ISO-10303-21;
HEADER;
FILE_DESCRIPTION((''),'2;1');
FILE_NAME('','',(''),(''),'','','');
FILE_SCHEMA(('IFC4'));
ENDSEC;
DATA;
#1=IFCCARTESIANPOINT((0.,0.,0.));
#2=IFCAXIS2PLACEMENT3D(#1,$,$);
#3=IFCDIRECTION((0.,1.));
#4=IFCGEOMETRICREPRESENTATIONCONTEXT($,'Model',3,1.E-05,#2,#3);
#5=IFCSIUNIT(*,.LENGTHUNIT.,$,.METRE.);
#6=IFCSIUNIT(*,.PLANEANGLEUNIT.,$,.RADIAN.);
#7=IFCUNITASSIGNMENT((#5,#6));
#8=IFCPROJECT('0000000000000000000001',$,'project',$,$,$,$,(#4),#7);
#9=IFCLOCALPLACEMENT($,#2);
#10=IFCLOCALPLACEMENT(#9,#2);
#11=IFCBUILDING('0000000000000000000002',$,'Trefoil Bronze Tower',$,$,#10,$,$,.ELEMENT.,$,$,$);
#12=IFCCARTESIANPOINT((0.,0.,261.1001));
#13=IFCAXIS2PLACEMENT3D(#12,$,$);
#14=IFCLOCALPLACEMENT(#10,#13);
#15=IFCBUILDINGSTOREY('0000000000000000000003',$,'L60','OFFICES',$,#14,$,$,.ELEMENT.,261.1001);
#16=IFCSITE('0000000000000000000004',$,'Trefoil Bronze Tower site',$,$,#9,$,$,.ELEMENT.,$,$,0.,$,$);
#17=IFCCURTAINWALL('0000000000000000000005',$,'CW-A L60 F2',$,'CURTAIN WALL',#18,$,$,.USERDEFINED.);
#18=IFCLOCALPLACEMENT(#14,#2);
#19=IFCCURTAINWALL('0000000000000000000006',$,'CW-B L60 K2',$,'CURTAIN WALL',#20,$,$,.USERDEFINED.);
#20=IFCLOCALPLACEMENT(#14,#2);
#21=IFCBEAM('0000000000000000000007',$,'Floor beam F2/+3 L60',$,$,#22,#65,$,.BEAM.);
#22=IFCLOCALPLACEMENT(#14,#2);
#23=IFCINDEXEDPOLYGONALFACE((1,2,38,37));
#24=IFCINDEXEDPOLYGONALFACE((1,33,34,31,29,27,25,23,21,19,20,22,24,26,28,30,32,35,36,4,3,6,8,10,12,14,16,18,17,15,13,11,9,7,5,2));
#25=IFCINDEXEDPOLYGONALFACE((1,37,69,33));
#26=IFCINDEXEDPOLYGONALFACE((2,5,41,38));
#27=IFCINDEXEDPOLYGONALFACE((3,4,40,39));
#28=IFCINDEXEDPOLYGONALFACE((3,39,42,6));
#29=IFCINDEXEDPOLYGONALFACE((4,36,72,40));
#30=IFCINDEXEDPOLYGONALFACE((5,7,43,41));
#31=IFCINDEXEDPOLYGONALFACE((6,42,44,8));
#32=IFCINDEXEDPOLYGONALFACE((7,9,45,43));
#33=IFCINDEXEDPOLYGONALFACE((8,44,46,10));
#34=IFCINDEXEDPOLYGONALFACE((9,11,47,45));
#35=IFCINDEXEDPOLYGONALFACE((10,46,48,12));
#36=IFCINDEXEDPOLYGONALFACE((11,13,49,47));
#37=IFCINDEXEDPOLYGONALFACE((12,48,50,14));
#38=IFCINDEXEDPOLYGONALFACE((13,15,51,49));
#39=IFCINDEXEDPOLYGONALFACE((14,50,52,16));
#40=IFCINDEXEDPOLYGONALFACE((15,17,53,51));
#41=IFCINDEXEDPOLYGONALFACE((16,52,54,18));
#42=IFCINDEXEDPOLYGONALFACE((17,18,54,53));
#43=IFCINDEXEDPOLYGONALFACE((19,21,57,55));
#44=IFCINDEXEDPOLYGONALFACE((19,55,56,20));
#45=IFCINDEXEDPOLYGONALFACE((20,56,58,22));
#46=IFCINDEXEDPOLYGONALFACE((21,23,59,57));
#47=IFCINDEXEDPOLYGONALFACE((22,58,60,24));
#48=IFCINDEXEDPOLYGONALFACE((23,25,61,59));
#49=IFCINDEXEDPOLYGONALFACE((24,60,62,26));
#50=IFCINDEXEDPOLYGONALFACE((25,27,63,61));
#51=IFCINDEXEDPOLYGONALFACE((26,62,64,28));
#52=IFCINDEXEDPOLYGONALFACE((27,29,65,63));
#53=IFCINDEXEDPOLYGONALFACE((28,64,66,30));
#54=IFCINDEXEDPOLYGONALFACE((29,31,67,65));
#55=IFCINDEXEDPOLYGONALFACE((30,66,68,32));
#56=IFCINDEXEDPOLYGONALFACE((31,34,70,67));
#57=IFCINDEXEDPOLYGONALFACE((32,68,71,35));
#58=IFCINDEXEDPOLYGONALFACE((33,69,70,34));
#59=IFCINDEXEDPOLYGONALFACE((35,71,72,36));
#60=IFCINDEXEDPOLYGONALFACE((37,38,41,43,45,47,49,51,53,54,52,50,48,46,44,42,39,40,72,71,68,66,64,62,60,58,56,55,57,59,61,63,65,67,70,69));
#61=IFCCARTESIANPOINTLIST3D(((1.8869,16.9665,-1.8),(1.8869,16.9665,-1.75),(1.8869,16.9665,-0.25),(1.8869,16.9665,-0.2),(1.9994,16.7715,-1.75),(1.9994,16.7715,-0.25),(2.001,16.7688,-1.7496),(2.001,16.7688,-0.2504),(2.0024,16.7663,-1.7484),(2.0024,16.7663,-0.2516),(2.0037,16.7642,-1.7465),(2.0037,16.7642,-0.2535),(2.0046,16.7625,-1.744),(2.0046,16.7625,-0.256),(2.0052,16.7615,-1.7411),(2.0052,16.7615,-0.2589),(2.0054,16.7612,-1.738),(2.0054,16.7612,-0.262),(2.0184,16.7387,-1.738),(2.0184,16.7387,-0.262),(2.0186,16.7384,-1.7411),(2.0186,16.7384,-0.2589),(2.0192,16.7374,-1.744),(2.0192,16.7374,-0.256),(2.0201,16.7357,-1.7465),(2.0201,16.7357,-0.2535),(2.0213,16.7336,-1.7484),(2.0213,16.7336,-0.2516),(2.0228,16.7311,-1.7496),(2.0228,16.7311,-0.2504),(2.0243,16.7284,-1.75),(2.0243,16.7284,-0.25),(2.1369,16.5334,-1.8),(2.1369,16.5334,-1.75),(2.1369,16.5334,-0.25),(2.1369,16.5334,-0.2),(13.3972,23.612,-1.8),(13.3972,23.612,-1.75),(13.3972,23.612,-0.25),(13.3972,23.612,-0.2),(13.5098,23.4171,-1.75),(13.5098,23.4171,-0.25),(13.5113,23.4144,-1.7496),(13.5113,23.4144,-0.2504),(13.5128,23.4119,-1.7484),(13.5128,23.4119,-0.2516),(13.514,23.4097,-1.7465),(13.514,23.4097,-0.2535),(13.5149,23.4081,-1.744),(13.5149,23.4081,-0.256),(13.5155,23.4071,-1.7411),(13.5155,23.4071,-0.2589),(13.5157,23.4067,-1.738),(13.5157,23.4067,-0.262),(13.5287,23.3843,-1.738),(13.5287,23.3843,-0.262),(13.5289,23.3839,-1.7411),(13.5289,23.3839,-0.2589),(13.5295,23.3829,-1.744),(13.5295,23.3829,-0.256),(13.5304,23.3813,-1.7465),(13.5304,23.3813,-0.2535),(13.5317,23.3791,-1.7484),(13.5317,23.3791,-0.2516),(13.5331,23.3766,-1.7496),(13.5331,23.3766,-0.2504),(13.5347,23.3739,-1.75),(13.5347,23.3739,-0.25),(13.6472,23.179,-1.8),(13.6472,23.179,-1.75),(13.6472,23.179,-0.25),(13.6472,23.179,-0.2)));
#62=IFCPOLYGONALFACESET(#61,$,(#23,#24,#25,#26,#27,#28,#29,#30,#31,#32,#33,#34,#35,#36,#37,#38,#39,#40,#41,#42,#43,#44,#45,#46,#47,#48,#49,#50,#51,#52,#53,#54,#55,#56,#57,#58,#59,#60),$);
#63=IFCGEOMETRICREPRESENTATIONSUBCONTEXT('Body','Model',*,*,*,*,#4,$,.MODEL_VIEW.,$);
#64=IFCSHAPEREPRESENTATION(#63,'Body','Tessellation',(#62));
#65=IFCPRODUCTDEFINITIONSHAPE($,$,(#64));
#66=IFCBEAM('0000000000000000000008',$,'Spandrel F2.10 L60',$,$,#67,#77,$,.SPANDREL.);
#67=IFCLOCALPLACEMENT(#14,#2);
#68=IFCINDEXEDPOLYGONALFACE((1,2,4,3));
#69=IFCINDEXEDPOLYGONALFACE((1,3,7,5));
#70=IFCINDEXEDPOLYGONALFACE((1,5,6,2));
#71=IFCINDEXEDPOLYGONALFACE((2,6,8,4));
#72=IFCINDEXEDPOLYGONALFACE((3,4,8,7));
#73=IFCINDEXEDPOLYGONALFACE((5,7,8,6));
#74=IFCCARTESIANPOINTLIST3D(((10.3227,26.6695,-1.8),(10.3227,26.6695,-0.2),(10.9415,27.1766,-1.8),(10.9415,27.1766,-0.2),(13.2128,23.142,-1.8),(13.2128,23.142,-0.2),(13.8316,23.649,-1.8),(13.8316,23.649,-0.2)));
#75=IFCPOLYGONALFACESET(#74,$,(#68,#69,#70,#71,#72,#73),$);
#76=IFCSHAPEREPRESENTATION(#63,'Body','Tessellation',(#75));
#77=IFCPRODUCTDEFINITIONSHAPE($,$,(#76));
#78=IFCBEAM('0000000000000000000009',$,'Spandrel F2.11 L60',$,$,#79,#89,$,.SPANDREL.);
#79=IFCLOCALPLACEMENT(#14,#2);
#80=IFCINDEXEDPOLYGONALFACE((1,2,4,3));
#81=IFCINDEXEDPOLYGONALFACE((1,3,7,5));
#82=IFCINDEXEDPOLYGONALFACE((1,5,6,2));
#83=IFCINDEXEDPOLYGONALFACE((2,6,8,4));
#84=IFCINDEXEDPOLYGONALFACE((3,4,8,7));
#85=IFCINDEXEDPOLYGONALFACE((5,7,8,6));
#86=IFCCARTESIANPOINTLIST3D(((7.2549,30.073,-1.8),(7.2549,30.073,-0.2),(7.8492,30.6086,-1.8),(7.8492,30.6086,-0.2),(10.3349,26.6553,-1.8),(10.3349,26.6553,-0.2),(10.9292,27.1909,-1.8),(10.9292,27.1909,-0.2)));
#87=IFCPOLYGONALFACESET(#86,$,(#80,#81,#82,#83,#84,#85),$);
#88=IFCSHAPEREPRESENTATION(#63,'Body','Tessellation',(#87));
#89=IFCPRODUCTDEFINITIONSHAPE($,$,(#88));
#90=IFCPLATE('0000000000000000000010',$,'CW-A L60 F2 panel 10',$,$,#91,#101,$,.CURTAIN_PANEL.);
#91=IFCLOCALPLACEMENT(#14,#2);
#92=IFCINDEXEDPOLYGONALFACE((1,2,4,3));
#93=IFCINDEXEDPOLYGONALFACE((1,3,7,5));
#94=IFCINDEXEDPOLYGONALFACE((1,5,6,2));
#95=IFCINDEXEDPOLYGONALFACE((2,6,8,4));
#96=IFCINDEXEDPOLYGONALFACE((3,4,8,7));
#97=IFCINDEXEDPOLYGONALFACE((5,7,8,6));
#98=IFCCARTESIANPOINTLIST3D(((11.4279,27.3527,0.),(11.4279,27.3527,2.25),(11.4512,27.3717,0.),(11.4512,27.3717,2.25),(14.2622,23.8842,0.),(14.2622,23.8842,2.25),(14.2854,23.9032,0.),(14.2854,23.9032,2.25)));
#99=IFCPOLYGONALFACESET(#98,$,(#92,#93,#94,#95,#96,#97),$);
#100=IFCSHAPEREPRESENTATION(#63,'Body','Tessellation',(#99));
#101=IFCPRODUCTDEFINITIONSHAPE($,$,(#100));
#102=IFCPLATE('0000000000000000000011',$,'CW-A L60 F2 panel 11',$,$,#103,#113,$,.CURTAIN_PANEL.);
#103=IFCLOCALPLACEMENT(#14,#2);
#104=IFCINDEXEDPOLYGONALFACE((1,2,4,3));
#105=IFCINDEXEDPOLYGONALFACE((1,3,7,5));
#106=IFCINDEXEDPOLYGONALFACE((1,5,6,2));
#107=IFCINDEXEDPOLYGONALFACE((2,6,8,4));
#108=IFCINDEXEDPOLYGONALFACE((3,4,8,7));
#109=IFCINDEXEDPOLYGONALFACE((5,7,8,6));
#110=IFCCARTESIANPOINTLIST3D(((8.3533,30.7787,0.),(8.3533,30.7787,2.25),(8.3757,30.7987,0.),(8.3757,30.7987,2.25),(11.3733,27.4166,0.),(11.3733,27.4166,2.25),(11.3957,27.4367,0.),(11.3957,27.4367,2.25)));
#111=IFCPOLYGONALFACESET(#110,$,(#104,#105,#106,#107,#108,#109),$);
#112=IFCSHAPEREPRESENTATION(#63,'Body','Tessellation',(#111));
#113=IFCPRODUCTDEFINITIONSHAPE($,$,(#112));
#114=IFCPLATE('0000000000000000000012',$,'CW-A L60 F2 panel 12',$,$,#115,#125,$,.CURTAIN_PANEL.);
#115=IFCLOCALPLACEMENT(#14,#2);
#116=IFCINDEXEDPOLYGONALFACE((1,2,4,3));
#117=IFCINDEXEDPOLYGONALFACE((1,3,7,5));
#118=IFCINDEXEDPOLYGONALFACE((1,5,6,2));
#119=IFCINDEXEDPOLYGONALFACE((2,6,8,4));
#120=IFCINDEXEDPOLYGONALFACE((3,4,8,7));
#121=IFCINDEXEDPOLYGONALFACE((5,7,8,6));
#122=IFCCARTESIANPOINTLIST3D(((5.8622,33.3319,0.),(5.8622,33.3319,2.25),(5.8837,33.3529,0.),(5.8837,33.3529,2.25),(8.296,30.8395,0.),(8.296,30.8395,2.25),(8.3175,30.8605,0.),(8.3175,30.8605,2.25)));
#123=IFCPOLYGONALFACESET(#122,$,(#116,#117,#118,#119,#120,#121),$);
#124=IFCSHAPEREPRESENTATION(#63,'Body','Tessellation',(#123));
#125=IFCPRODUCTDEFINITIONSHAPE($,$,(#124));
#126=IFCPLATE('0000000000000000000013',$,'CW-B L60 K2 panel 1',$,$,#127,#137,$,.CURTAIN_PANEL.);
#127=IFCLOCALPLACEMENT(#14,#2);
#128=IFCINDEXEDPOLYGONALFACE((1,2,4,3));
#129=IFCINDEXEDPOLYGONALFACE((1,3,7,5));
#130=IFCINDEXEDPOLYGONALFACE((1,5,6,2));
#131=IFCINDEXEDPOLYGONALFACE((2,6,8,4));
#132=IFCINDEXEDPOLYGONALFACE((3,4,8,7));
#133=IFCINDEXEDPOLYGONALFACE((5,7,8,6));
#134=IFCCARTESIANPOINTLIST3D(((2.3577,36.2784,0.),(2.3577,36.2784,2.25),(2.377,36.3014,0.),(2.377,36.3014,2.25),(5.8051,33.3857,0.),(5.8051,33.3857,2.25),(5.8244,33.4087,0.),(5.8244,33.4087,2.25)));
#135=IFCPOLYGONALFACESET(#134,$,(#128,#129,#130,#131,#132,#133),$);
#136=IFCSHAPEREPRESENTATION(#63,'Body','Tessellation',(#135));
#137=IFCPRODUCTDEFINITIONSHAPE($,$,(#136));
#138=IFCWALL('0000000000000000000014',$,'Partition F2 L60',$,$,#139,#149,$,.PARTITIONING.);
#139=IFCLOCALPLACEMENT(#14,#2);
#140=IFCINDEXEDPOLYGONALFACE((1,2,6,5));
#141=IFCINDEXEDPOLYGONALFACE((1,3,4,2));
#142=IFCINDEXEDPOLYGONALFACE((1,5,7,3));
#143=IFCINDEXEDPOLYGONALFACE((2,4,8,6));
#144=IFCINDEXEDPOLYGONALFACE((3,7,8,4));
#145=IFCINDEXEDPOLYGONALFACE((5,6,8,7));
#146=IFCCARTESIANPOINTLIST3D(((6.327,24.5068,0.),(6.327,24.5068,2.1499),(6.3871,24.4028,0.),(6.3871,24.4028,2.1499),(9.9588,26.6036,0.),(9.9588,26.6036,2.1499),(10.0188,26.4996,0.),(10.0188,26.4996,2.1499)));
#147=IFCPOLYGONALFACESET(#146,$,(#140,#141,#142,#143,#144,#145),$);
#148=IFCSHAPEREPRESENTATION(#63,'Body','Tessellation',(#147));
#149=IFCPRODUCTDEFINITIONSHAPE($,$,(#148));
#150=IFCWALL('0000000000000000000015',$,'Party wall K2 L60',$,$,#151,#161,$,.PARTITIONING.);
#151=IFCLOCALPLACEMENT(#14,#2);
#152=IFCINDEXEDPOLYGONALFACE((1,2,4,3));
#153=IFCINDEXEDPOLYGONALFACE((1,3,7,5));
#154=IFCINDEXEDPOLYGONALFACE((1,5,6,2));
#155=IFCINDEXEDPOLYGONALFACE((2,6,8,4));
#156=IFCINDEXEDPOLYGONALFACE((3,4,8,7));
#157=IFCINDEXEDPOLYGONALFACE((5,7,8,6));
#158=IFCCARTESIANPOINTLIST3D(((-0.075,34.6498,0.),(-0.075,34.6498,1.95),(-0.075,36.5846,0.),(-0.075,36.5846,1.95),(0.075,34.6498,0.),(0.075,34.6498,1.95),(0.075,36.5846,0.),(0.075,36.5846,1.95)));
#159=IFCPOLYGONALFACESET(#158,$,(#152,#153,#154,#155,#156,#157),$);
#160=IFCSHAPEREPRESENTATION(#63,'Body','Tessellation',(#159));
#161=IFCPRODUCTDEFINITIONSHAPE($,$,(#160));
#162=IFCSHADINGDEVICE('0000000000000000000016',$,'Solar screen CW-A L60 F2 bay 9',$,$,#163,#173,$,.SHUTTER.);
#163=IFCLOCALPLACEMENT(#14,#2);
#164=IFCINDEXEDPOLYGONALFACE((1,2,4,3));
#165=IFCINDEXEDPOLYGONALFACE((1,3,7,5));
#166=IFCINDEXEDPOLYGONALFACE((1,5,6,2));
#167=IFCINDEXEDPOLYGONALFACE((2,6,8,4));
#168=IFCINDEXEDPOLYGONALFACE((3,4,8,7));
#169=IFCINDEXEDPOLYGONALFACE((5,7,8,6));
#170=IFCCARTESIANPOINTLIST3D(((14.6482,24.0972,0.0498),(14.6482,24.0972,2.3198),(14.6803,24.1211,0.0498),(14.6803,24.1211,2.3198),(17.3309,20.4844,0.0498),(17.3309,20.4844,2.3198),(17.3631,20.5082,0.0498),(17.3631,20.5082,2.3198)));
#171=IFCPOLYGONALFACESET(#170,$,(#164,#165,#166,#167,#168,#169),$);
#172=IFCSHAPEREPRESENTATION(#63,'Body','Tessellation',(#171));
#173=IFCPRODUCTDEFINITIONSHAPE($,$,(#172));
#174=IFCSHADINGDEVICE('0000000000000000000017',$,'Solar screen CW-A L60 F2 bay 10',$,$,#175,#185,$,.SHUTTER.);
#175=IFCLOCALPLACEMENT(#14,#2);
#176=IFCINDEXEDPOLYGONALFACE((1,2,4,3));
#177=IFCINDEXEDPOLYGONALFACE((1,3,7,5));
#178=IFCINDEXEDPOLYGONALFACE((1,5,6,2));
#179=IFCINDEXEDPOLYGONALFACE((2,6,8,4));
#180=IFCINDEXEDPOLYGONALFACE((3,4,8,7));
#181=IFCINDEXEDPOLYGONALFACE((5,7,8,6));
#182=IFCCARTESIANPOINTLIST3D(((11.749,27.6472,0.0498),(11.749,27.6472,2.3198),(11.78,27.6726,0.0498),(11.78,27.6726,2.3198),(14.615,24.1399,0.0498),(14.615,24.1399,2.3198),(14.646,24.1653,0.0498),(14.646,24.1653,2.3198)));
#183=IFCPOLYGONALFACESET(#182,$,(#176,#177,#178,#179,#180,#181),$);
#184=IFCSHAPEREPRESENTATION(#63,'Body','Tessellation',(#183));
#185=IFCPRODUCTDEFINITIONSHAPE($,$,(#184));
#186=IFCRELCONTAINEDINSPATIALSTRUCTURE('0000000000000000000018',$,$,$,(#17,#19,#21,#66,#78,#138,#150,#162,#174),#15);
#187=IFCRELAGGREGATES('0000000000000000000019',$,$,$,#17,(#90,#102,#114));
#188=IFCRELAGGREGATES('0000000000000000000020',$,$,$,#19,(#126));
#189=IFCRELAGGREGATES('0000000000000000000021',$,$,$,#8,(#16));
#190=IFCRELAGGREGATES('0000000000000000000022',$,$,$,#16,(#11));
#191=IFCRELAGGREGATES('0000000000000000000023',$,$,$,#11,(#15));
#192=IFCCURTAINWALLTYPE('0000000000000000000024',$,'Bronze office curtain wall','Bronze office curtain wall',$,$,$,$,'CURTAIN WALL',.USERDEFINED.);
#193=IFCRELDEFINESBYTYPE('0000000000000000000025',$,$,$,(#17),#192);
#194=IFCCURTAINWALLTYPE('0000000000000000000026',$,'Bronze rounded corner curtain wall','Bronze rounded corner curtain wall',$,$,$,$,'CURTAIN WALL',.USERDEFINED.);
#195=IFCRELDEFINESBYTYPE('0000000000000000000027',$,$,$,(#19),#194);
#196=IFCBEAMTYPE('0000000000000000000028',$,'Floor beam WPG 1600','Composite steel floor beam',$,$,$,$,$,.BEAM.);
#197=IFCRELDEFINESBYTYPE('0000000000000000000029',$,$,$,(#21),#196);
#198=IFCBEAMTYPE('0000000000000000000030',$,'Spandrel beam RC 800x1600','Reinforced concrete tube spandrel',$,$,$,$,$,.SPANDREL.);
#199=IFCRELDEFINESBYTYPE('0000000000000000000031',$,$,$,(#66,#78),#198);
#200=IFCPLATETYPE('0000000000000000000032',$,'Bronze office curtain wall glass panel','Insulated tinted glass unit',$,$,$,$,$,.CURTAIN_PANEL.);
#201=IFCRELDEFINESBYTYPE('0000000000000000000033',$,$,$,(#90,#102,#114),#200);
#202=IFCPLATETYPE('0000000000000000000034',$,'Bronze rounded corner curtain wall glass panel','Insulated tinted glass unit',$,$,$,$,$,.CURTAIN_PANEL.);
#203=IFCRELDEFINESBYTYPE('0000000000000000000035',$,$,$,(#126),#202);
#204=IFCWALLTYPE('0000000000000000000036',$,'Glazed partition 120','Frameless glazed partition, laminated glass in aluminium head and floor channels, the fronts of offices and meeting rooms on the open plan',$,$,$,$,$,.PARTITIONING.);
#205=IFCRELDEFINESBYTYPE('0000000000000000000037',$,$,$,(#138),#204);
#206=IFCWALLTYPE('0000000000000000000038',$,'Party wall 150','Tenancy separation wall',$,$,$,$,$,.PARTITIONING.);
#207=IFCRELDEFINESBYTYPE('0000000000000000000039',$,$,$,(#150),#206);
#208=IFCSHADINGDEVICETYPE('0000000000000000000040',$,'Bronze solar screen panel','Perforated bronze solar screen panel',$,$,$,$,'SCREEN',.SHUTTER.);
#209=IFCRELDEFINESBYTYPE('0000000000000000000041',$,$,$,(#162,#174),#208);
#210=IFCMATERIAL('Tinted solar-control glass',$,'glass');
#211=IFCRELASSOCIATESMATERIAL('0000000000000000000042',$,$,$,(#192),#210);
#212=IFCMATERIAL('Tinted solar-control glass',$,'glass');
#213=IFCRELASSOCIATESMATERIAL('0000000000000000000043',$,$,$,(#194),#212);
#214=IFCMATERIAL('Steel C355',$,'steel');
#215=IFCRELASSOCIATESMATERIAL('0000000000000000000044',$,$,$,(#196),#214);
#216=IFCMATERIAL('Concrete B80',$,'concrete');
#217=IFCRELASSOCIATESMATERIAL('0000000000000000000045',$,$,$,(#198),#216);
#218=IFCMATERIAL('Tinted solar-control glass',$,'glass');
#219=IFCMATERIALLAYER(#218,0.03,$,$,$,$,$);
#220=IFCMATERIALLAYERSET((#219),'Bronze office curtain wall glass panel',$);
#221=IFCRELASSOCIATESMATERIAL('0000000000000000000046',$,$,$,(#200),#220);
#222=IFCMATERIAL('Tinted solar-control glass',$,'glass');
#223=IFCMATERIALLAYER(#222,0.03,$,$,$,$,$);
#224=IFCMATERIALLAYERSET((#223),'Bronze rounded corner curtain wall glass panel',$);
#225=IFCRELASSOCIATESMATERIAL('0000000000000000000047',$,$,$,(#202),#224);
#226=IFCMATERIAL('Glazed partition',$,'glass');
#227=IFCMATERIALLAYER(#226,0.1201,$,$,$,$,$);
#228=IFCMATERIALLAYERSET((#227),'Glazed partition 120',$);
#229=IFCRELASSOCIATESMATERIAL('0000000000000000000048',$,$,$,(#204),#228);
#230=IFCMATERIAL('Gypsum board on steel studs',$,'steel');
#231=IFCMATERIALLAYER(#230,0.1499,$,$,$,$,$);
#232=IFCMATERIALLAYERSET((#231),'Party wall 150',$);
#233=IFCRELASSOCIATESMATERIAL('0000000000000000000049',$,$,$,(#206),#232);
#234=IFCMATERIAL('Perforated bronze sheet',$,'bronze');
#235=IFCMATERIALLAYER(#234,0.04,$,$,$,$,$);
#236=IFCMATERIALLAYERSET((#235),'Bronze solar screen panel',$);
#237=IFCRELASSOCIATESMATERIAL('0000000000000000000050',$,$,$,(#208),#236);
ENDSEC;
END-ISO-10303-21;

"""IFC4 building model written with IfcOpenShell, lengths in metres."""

from ifc_helpers import new_model, si_unit, direction, frame, frame_2d, origin, origin_2d, place, context, subcontext, project, spatial, rectangle, i_section, extrude, material, layer, layer_set, material_profile, profile_set, type_object, element, aggregate, save


model = new_model("IFC4")

# Units and contexts
model_context = context("Model", 3, precision=1e-05, world=origin(), true_north=direction((0.0, 1.0)))
body_context = subcontext(model_context, "Body", "Model", "MODEL_VIEW")
ifc_project = project(units=[si_unit("LENGTHUNIT", "METRE"), si_unit("PLANEANGLEUNIT", "RADIAN")], contexts=[model_context])

# Site, building, storey
site_placement = place(None, origin())
site = spatial("IfcSite", under=ifc_project, at=site_placement, Name="Trefoil Bronze Tower site", CompositionType="ELEMENT", RefElevation=0.0)
building_placement = place(site_placement, origin())
building = spatial("IfcBuilding", under=site, at=building_placement, Name="Trefoil Bronze Tower", CompositionType="ELEMENT")
storey_placement = place(building_placement, frame((0.0, 0.0, 261.1001)))
storey = spatial("IfcBuildingStorey", under=building, at=storey_placement, Name="L60", Description="OFFICES", CompositionType="ELEMENT", Elevation=261.1001)

# Curtain walls
ifc_material_1 = material(Name="Tinted solar-control glass", Category="glass")
curtain_wall_type_1 = type_object("IfcCurtainWallType", Name="Bronze office curtain wall", Description="Bronze office curtain wall", ElementType="CURTAIN WALL", PredefinedType="USERDEFINED", material=ifc_material_1)
curtain_wall_1_placement = place(storey_placement, origin())
curtain_wall_1 = element("IfcCurtainWall", 1, at=curtain_wall_1_placement, inside=storey, type_object=curtain_wall_type_1, Name="CW-A L60 F2", ObjectType="CURTAIN WALL", PredefinedType="USERDEFINED")
ifc_material_2 = material(Name="Tinted solar-control glass", Category="glass")
curtain_wall_type_2 = type_object("IfcCurtainWallType", Name="Bronze rounded corner curtain wall", Description="Bronze rounded corner curtain wall", ElementType="CURTAIN WALL", PredefinedType="USERDEFINED", material=ifc_material_2)
curtain_wall_2_placement = place(storey_placement, origin())
curtain_wall_2 = element("IfcCurtainWall", 2, at=curtain_wall_2_placement, inside=storey, type_object=curtain_wall_type_2, Name="CW-B L60 K2", ObjectType="CURTAIN WALL", PredefinedType="USERDEFINED")

# Beams
ifc_material_3 = material(Name="Steel C355", Category="steel")
ifc_material_profile_1 = material_profile(ifc_material_3, i_section(OverallWidth=0.5, OverallDepth=1.6001, WebThickness=0.0259, FlangeThickness=0.05, FilletRadius=0.012, at=origin_2d()), Name="WPG 1600")
ifc_profile_set_1 = profile_set([ifc_material_profile_1], Name="Steel C355")
beam_type_1 = type_object("IfcBeamType", Name="Floor beam WPG 1600", Description="Composite steel floor beam", PredefinedType="BEAM", material=ifc_profile_set_1)
beam_1_placement = place(storey_placement, frame((13.5222, 23.3955, -1.0), z_axis=(-0.866023, -0.500003, 0.0), x_axis=(0.500003, -0.866023, 0.0)))
element("IfcBeam", 3, at=beam_1_placement, inside=storey, type_object=beam_type_1, Name="Floor beam F2/+3 L60", PredefinedType="BEAM", context=body_context, shape_type="SweptSolid", body=[
    extrude(i_section(OverallWidth=0.5, OverallDepth=1.6001, WebThickness=0.0259, FlangeThickness=0.05, FilletRadius=0.012, at=origin_2d()), origin(), (0.0, 0.0, 1.0), 13.291),
])
ifc_material_4 = material(Name="Concrete B80", Category="concrete")
ifc_material_profile_2 = material_profile(ifc_material_4, rectangle(XDim=0.8, YDim=1.6001, at=origin_2d()), Name="RC 800x1600")
ifc_profile_set_2 = profile_set([ifc_material_profile_2], Name="Concrete B80")
beam_type_2 = type_object("IfcBeamType", Name="Spandrel beam RC 800x1600", Description="Reinforced concrete tube spandrel", PredefinedType="SPANDREL", material=ifc_profile_set_2)
beam_2_placement = place(storey_placement, frame((13.5222, 23.3955, -1.0), z_axis=(-0.633754, 0.773535, 0.0), x_axis=(-0.773535, -0.633754, 0.0)))
element("IfcBeam", 4, at=beam_2_placement, inside=storey, type_object=beam_type_2, Name="Spandrel F2.10 L60", PredefinedType="SPANDREL", context=body_context, shape_type="SweptSolid", body=[
    extrude(rectangle(XDim=0.8, YDim=1.6001, at=origin_2d()), origin(), (0.0, 0.0, 1.0), 4.5603),
])
beam_3_placement = place(storey_placement, frame((10.6321, 26.9231, -1.0), z_axis=(-0.66946, 0.742848, 0.0), x_axis=(-0.742848, -0.66946, 0.0)))
element("IfcBeam", 5, at=beam_3_placement, inside=storey, type_object=beam_type_2, Name="Spandrel F2.11 L60", PredefinedType="SPANDREL", context=body_context, shape_type="SweptSolid", body=[
    extrude(rectangle(XDim=0.8, YDim=1.6001, at=origin_2d()), origin(), (0.0, 0.0, 1.0), 4.6008),
])

# Plates
ifc_material_5 = material(Name="Tinted solar-control glass", Category="glass")
ifc_layer_1 = layer(ifc_material_5, 0.03)
ifc_layer_set_1 = layer_set([ifc_layer_1], Name="Bronze office curtain wall glass panel")
plate_type_1 = type_object("IfcPlateType", Name="Bronze office curtain wall glass panel", Description="Insulated tinted glass unit", PredefinedType="CURTAIN_PANEL", material=ifc_layer_set_1)
plate_1_placement = place(storey_placement, frame((12.8567, 25.6279, 0.0), z_axis=(0.0, 0.0, 1.0), x_axis=(-0.632753, 0.774354, 0.0)))
plate_1 = element("IfcPlate", 6, at=plate_1_placement, type_object=plate_type_1, Name="CW-A L60 F2 panel 10", PredefinedType="CURTAIN_PANEL", context=body_context, shape_type="SweptSolid", body=[
    extrude(rectangle(XDim=4.4792, YDim=0.03, at=origin_2d()), origin(), (0.0, 0.0, 1.0), 2.25),
])
plate_2_placement = place(storey_placement, frame((9.8745, 29.1077, 0.0), z_axis=(0.0, 0.0, 1.0), x_axis=(-0.668246, 0.743941, 0.0)))
plate_2 = element("IfcPlate", 7, at=plate_2_placement, type_object=plate_type_1, Name="CW-A L60 F2 panel 11", PredefinedType="CURTAIN_PANEL", context=body_context, shape_type="SweptSolid", body=[
    extrude(rectangle(XDim=4.5193, YDim=0.03, at=origin_2d()), origin(), (0.0, 0.0, 1.0), 2.25),
])
plate_3_placement = place(storey_placement, frame((7.0898, 32.0962, 0.0), z_axis=(0.0, 0.0, 1.0), x_axis=(-0.698652, 0.715462, 0.0)))
plate_3 = element("IfcPlate", 8, at=plate_3_placement, type_object=plate_type_1, Name="CW-A L60 F2 panel 12", PredefinedType="CURTAIN_PANEL", context=body_context, shape_type="SweptSolid", body=[
    extrude(rectangle(XDim=3.4836, YDim=0.03, at=origin_2d()), origin(), (0.0, 0.0, 1.0), 2.25),
])
aggregate(curtain_wall_1, [plate_1, plate_2, plate_3])
ifc_material_6 = material(Name="Tinted solar-control glass", Category="glass")
ifc_layer_2 = layer(ifc_material_6, 0.03)
ifc_layer_set_2 = layer_set([ifc_layer_2], Name="Bronze rounded corner curtain wall glass panel")
plate_type_2 = type_object("IfcPlateType", Name="Bronze rounded corner curtain wall glass panel", Description="Insulated tinted glass unit", PredefinedType="CURTAIN_PANEL", material=ifc_layer_set_2)
plate_4_placement = place(storey_placement, frame((4.0911, 34.8435, 0.0), z_axis=(0.0, 0.0, 1.0), x_axis=(-0.766044, 0.642788, 0.0)))
plate_4 = element("IfcPlate", 9, at=plate_4_placement, type_object=plate_type_2, Name="CW-B L60 K2 panel 1", PredefinedType="CURTAIN_PANEL", context=body_context, shape_type="SweptSolid", body=[
    extrude(rectangle(XDim=4.5002, YDim=0.03, at=origin_2d()), origin(), (0.0, 0.0, 1.0), 2.25),
])
aggregate(curtain_wall_2, [plate_4])

# Walls
ifc_material_7 = material(Name="Glazed partition", Category="glass")
ifc_layer_3 = layer(ifc_material_7, 0.1201)
ifc_layer_set_3 = layer_set([ifc_layer_3], Name="Glazed partition 120")
wall_type_1 = type_object("IfcWallType", Name="Glazed partition 120", Description="Frameless glazed partition, laminated glass in aluminium head and floor channels, the fronts of offices and meeting rooms on the open plan", PredefinedType="PARTITIONING", material=ifc_layer_set_3)
wall_1_placement = place(storey_placement, frame((6.3572, 24.4548, 0.0), z_axis=(0.0, 0.0, 1.0), x_axis=(0.866017, 0.500015, 0.0)))
element("IfcWall", 10, at=wall_1_placement, inside=storey, type_object=wall_type_1, Name="Partition F2 L60", PredefinedType="PARTITIONING", context=body_context, shape_type="SweptSolid", body=[
    extrude(rectangle(XDim=4.1936, YDim=0.1201, at=frame_2d((2.0967, 0.0))), origin(), (0.0, 0.0, 1.0), 2.1499),
])
ifc_material_8 = material(Name="Gypsum board on steel studs", Category="steel")
ifc_layer_4 = layer(ifc_material_8, 0.1499)
ifc_layer_set_4 = layer_set([ifc_layer_4], Name="Party wall 150")
wall_type_2 = type_object("IfcWallType", Name="Party wall 150", Description="Tenancy separation wall", PredefinedType="PARTITIONING", material=ifc_layer_set_4)
wall_2_placement = place(storey_placement, frame((0.0, 34.6499, 0.0), z_axis=(0.0, 0.0, 1.0), x_axis=(0.0, 1.0, 0.0)))
element("IfcWall", 11, at=wall_2_placement, inside=storey, type_object=wall_type_2, Name="Party wall K2 L60", PredefinedType="PARTITIONING", context=body_context, shape_type="SweptSolid", body=[
    extrude(rectangle(XDim=1.9348, YDim=0.1499, at=frame_2d((0.9673, 0.0))), origin(), (0.0, 0.0, 1.0), 1.95),
])

# Shading devices
ifc_material_9 = material(Name="Perforated bronze sheet", Category="bronze")
ifc_layer_5 = layer(ifc_material_9, 0.04)
ifc_layer_set_5 = layer_set([ifc_layer_5], Name="Bronze solar screen panel")
shading_device_type = type_object("IfcShadingDeviceType", Name="Bronze solar screen panel", Description="Perforated bronze solar screen panel", ElementType="SCREEN", PredefinedType="SHUTTER", material=ifc_layer_set_5)
shading_device_1_placement = place(storey_placement, frame((16.0056, 22.3027, 0.0498), z_axis=(0.0, 0.0, 1.0), x_axis=(-0.596162, 0.802865, 0.0)))
element("IfcShadingDevice", 12, at=shading_device_1_placement, inside=storey, type_object=shading_device_type, Name="Solar screen CW-A L60 F2 bay 9", PredefinedType="SHUTTER", context=body_context, shape_type="SweptSolid", body=[
    extrude(rectangle(XDim=4.5, YDim=0.04, at=origin_2d()), origin(), (0.0, 0.0, 1.0), 2.27),
])
shading_device_2_placement = place(storey_placement, frame((13.1975, 25.9062, 0.0498), z_axis=(0.0, 0.0, 1.0), x_axis=(-0.632753, 0.774354, 0.0)))
element("IfcShadingDevice", 13, at=shading_device_2_placement, inside=storey, type_object=shading_device_type, Name="Solar screen CW-A L60 F2 bay 10", PredefinedType="SHUTTER", context=body_context, shape_type="SweptSolid", body=[
    extrude(rectangle(XDim=4.5293, YDim=0.04, at=origin_2d()), origin(), (0.0, 0.0, 1.0), 2.27),
])

save(model, "model.ifc")
